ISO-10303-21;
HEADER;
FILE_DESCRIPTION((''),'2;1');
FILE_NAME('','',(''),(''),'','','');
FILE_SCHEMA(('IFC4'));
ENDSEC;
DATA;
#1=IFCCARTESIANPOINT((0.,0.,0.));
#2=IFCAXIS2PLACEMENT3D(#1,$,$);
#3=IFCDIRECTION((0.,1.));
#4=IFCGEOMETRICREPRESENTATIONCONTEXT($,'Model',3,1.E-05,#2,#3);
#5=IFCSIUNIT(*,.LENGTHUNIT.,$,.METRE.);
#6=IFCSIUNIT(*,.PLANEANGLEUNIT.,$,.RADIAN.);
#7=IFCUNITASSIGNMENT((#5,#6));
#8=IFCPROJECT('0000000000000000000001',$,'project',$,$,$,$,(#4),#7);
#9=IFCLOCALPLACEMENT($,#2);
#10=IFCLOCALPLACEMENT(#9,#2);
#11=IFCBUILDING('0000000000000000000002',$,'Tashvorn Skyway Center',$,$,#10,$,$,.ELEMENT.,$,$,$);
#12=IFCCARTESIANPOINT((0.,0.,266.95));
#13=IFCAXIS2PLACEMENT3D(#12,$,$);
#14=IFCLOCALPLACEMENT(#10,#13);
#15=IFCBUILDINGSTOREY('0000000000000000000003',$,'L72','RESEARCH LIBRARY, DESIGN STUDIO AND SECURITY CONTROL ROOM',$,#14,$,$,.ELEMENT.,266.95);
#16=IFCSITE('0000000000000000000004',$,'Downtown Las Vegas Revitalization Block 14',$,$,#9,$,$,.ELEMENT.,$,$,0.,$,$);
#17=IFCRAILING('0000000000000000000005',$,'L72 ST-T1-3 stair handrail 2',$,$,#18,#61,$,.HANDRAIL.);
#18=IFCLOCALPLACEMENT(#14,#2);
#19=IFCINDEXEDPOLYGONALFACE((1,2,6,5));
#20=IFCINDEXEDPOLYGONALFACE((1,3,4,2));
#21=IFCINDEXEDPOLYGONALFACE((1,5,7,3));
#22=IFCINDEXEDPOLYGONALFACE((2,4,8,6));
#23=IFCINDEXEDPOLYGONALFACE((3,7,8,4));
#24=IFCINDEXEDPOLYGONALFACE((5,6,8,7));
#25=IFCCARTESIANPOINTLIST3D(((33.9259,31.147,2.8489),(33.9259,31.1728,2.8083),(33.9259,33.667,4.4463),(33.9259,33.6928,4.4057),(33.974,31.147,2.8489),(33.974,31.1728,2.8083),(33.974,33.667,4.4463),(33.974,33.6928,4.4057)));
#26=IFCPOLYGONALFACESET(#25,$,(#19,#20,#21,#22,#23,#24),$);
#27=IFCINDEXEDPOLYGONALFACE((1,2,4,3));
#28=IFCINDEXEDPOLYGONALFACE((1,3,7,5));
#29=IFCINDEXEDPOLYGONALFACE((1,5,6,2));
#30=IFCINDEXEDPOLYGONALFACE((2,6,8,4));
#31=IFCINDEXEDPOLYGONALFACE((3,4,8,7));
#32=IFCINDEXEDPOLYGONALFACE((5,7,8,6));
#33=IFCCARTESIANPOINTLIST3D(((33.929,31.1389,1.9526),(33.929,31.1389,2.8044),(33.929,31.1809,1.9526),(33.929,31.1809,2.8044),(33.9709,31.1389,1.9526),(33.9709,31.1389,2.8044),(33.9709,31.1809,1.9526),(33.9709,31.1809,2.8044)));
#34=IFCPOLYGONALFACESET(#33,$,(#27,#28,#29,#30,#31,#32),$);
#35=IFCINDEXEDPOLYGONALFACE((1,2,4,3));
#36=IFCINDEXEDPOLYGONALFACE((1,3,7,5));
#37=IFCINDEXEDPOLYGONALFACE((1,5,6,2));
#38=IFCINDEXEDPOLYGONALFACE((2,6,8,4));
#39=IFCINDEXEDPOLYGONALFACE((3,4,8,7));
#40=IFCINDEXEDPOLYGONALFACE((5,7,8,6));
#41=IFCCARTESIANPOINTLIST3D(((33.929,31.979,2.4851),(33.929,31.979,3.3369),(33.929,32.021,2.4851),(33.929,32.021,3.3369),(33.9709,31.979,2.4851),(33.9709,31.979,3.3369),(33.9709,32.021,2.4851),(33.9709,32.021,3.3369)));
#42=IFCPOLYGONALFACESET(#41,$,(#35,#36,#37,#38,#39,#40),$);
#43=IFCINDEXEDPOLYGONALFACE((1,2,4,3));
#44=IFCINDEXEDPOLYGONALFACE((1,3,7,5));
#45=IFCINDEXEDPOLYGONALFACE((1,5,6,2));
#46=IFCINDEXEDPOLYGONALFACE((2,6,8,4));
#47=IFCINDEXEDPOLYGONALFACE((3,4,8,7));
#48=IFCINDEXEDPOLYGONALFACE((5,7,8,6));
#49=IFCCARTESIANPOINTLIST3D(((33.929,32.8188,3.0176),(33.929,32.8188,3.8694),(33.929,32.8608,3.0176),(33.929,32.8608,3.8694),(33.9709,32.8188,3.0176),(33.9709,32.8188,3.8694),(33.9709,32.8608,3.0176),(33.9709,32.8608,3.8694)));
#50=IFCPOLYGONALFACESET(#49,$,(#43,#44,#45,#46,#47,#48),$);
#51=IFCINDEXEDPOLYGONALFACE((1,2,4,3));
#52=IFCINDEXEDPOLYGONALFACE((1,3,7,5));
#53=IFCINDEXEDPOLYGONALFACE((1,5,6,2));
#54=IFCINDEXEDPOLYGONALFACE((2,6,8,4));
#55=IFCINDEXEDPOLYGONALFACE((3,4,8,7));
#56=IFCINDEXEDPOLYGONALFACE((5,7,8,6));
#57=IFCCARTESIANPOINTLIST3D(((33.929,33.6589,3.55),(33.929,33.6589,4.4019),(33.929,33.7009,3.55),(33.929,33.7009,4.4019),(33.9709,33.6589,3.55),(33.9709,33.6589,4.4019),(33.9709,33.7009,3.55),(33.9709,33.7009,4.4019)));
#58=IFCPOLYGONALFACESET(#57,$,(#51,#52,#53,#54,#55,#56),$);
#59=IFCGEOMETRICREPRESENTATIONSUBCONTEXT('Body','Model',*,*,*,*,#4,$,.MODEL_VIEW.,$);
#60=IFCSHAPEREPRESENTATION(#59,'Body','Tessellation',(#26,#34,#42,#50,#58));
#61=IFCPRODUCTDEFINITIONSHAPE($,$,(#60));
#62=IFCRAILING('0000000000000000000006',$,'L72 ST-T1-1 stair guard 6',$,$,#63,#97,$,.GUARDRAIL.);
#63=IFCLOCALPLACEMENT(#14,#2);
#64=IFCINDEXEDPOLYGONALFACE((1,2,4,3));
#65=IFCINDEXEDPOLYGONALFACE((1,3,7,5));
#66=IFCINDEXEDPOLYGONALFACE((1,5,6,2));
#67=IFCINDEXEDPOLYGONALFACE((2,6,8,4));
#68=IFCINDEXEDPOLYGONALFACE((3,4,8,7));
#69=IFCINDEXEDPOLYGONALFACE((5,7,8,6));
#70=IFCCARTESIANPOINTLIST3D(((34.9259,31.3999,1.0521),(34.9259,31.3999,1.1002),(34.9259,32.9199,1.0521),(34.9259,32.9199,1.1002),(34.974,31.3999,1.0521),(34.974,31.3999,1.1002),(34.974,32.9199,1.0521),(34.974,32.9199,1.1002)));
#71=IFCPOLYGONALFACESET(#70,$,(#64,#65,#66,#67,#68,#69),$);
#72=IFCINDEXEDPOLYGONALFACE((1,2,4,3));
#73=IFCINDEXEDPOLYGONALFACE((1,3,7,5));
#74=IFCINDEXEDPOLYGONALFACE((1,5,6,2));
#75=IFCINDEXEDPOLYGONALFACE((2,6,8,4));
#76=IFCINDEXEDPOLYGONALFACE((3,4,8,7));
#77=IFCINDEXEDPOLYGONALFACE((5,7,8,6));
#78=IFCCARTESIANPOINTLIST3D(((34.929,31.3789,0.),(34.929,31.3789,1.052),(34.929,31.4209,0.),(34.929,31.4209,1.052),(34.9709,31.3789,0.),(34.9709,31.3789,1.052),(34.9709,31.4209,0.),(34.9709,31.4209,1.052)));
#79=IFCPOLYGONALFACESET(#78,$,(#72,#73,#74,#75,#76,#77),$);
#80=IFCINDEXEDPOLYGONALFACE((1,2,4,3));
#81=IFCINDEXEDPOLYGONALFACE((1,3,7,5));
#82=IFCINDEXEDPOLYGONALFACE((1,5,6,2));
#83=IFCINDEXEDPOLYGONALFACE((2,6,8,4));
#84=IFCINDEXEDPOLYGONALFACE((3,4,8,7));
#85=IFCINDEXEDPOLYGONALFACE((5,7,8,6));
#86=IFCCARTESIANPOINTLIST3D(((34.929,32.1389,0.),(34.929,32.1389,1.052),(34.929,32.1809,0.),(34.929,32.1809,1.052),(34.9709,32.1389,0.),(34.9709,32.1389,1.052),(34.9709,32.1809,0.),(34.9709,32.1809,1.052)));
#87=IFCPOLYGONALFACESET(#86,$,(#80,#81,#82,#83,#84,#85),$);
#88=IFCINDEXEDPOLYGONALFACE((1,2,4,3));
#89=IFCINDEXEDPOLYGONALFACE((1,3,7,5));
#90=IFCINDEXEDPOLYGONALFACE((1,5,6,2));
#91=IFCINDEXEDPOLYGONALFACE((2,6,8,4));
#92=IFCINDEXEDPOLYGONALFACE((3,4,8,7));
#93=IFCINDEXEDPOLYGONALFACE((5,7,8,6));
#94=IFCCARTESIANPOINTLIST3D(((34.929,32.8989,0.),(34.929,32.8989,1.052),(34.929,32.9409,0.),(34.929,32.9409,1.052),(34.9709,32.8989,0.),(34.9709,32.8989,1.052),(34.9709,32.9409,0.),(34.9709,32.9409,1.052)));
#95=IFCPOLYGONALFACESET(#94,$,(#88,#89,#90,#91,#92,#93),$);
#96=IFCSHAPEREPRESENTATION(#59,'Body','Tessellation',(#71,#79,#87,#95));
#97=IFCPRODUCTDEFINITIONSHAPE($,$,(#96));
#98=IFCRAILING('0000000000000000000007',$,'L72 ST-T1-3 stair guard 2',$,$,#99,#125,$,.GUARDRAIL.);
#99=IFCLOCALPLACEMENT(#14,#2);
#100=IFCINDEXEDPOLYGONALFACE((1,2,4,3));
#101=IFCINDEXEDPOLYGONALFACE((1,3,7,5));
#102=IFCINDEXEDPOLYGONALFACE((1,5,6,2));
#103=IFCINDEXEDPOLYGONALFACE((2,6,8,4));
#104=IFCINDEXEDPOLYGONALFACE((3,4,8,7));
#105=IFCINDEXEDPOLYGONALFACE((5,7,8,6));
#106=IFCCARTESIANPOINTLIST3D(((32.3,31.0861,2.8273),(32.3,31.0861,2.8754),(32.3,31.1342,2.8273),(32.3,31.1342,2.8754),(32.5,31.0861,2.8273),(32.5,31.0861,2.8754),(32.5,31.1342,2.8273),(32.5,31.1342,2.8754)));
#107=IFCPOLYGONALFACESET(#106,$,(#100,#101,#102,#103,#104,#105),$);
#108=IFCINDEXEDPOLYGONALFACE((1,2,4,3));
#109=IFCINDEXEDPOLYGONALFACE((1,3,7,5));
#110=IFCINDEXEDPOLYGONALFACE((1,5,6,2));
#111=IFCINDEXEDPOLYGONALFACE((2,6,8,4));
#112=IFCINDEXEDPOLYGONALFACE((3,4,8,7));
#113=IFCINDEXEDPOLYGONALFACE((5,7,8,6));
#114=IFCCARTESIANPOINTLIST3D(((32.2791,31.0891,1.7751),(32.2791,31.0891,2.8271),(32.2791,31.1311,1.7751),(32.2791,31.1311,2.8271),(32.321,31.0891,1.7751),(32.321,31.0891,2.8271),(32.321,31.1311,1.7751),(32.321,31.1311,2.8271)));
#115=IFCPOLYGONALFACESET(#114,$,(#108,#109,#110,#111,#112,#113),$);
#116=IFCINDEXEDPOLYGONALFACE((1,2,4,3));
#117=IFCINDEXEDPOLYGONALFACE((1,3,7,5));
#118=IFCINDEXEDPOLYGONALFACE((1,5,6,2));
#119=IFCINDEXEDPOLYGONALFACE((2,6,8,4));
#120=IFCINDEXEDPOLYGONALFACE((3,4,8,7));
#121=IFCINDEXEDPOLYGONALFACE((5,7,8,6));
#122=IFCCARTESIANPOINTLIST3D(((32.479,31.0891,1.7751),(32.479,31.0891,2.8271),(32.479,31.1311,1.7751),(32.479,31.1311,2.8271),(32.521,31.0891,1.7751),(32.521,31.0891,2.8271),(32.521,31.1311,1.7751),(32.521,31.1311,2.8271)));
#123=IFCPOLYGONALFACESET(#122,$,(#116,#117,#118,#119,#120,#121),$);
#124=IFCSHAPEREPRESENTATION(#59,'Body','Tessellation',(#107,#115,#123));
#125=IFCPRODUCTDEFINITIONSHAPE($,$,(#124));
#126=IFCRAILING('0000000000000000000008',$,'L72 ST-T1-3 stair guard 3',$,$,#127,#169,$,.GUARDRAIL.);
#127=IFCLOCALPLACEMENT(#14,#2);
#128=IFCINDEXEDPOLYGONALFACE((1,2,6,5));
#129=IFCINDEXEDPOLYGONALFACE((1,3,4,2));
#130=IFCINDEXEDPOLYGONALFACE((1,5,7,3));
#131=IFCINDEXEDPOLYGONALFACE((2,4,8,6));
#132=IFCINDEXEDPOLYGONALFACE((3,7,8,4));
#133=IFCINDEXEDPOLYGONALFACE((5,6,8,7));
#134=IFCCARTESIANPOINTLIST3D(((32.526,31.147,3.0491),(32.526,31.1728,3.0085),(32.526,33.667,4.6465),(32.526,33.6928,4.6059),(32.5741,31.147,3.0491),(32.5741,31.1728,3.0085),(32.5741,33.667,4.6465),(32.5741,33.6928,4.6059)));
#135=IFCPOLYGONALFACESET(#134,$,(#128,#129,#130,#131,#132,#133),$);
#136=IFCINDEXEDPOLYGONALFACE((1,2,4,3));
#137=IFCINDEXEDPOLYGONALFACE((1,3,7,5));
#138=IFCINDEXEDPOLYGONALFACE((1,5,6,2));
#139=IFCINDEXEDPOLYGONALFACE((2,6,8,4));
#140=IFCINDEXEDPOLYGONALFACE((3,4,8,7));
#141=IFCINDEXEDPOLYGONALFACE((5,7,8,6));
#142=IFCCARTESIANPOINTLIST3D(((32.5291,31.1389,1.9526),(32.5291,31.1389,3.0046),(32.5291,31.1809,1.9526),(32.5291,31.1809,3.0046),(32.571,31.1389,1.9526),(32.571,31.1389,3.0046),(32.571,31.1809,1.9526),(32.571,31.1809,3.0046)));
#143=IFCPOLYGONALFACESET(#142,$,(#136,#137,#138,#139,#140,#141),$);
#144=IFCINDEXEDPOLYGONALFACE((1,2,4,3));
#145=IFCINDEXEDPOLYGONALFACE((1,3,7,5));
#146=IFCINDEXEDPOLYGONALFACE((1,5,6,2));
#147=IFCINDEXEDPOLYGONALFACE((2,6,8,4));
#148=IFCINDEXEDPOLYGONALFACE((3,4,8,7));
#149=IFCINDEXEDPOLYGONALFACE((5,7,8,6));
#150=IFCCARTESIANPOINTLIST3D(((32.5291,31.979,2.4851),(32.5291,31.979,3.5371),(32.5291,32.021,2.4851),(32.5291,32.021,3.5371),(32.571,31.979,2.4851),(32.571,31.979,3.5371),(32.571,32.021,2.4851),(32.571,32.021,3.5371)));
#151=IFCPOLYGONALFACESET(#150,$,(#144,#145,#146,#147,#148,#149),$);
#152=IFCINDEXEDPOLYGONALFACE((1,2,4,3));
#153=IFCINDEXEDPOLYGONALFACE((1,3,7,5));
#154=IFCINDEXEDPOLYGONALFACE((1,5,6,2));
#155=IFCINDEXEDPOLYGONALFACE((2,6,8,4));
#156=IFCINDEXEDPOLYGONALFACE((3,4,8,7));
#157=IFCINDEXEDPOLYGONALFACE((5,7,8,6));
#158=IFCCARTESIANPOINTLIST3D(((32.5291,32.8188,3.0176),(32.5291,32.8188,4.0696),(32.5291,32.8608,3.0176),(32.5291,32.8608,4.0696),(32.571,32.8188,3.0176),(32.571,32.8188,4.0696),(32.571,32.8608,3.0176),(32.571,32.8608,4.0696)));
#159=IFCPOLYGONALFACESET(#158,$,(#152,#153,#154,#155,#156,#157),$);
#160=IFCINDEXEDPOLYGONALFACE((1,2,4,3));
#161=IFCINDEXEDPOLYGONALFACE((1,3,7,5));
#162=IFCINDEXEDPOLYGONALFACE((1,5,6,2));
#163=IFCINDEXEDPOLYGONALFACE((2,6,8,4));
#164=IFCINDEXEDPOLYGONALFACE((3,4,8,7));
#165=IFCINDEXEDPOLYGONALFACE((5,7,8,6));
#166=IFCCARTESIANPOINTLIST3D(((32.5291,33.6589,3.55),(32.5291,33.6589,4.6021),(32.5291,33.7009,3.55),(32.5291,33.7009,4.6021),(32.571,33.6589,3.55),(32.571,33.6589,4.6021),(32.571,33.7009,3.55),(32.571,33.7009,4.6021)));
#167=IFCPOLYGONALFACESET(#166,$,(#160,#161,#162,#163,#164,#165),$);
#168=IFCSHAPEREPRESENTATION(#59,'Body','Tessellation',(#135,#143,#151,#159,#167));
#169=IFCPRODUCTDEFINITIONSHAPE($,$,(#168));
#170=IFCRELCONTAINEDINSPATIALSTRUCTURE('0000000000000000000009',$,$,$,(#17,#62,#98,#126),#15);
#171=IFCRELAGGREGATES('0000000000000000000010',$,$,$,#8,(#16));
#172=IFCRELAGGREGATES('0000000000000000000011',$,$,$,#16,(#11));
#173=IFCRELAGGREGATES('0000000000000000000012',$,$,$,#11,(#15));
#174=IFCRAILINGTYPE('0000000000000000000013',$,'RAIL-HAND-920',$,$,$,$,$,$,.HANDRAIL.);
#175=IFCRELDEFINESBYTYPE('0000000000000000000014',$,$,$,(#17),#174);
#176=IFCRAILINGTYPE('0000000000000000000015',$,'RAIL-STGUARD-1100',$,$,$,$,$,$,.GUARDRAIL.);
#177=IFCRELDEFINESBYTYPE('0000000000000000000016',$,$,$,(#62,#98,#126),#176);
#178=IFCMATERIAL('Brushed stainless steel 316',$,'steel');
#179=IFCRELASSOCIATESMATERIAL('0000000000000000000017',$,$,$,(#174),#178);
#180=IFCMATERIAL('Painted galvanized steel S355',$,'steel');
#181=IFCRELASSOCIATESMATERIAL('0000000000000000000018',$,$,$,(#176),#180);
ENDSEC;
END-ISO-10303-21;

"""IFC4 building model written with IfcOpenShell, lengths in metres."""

from ifc_helpers import new_model, si_unit, direction, frame, origin, origin_2d, place, context, subcontext, project, spatial, rectangle, extrude, material, type_object, element, save


model = new_model("IFC4")

# Units and contexts
model_context = context("Model", 3, precision=1e-05, world=origin(), true_north=direction((0.0, 1.0)))
body_context = subcontext(model_context, "Body", "Model", "MODEL_VIEW")
ifc_project = project(units=[si_unit("LENGTHUNIT", "METRE"), si_unit("PLANEANGLEUNIT", "RADIAN")], contexts=[model_context])

# Site, building, storey
site_placement = place(None, origin())
site = spatial("IfcSite", under=ifc_project, at=site_placement, Name="Downtown Las Vegas Revitalization Block 14", CompositionType="ELEMENT", RefElevation=0.0)
building_placement = place(site_placement, origin())
building = spatial("IfcBuilding", under=site, at=building_placement, Name="Tashvorn Skyway Center", CompositionType="ELEMENT")
storey_placement = place(building_placement, frame((0.0, 0.0, 266.95)))
storey = spatial("IfcBuildingStorey", under=building, at=storey_placement, Name="L72", Description="RESEARCH LIBRARY, DESIGN STUDIO AND SECURITY CONTROL ROOM", CompositionType="ELEMENT", Elevation=266.95)

# Railings
ifc_material_1 = material(Name="Brushed stainless steel 316", Category="steel")
railing_type_1 = type_object("IfcRailingType", Name="RAIL-HAND-920", PredefinedType="HANDRAIL", material=ifc_material_1)
railing_1_placement = place(storey_placement, frame((33.95, 31.1599, 1.9526)))
element("IfcRailing", 1, at=railing_1_placement, inside=storey, type_object=railing_type_1, Name="L72 ST-T1-3 stair handrail 2", PredefinedType="HANDRAIL", context=body_context, shape_type="SweptSolid", body=[
    extrude(rectangle(XDim=0.0481, YDim=0.0481, at=origin_2d()), frame((0.0, 0.0, 0.876), z_axis=(0.0, 0.844607, 0.535387), x_axis=(-1.0, 0.0, 0.0)), (0.0, 0.0, 1.0), 2.9836),
    extrude(rectangle(XDim=0.042, YDim=0.042, at=origin_2d()), origin(), (0.0, 0.0, 1.0), 0.8518),
    extrude(rectangle(XDim=0.042, YDim=0.042, at=origin_2d()), frame((0.0, 0.8401, 0.5325)), (0.0, 0.0, 1.0), 0.8518),
    extrude(rectangle(XDim=0.042, YDim=0.042, at=origin_2d()), frame((0.0, 1.6799, 1.0649)), (0.0, 0.0, 1.0), 0.8518),
    extrude(rectangle(XDim=0.042, YDim=0.042, at=origin_2d()), frame((0.0, 2.52, 1.5974)), (0.0, 0.0, 1.0), 0.8518),
])
ifc_material_2 = material(Name="Painted galvanized steel S355", Category="steel")
railing_type_2 = type_object("IfcRailingType", Name="RAIL-STGUARD-1100", PredefinedType="GUARDRAIL", material=ifc_material_2)
railing_2_placement = place(storey_placement, frame((34.95, 31.3999, 0.0)))
element("IfcRailing", 2, at=railing_2_placement, inside=storey, type_object=railing_type_2, Name="L72 ST-T1-1 stair guard 6", PredefinedType="GUARDRAIL", context=body_context, shape_type="SweptSolid", body=[
    extrude(rectangle(XDim=0.0481, YDim=0.0481, at=origin_2d()), frame((0.0, 0.0, 1.0762), z_axis=(0.0, 1.0, 0.0), x_axis=(-1.0, 0.0, 0.0)), (0.0, 0.0, 1.0), 1.52),
    extrude(rectangle(XDim=0.042, YDim=0.042, at=origin_2d()), origin(), (0.0, 0.0, 1.0), 1.052),
    extrude(rectangle(XDim=0.042, YDim=0.042, at=origin_2d()), frame((0.0, 0.76, 0.0)), (0.0, 0.0, 1.0), 1.052),
    extrude(rectangle(XDim=0.042, YDim=0.042, at=origin_2d()), frame((0.0, 1.52, 0.0)), (0.0, 0.0, 1.0), 1.052),
])
railing_3_placement = place(storey_placement, frame((32.3, 31.1101, 1.7751)))
element("IfcRailing", 3, at=railing_3_placement, inside=storey, type_object=railing_type_2, Name="L72 ST-T1-3 stair guard 2", PredefinedType="GUARDRAIL", context=body_context, shape_type="SweptSolid", body=[
    extrude(rectangle(XDim=0.0481, YDim=0.0481, at=origin_2d()), frame((0.0, 0.0, 1.0762), z_axis=(1.0, 0.0, 0.0), x_axis=(0.0, 1.0, 0.0)), (0.0, 0.0, 1.0), 0.2),
    extrude(rectangle(XDim=0.042, YDim=0.042, at=origin_2d()), origin(), (0.0, 0.0, 1.0), 1.052),
    extrude(rectangle(XDim=0.042, YDim=0.042, at=origin_2d()), frame((0.2, 0.0, 0.0)), (0.0, 0.0, 1.0), 1.052),
])
railing_4_placement = place(storey_placement, frame((32.55, 31.1599, 1.9526)))
element("IfcRailing", 4, at=railing_4_placement, inside=storey, type_object=railing_type_2, Name="L72 ST-T1-3 stair guard 3", PredefinedType="GUARDRAIL", context=body_context, shape_type="SweptSolid", body=[
    extrude(rectangle(XDim=0.0481, YDim=0.0481, at=origin_2d()), frame((0.0, 0.0, 1.0762), z_axis=(0.0, 0.844607, 0.535387), x_axis=(-1.0, 0.0, 0.0)), (0.0, 0.0, 1.0), 2.9836),
    extrude(rectangle(XDim=0.042, YDim=0.042, at=origin_2d()), origin(), (0.0, 0.0, 1.0), 1.052),
    extrude(rectangle(XDim=0.042, YDim=0.042, at=origin_2d()), frame((0.0, 0.8401, 0.5325)), (0.0, 0.0, 1.0), 1.052),
    extrude(rectangle(XDim=0.042, YDim=0.042, at=origin_2d()), frame((0.0, 1.6799, 1.0649)), (0.0, 0.0, 1.0), 1.052),
    extrude(rectangle(XDim=0.042, YDim=0.042, at=origin_2d()), frame((0.0, 2.52, 1.5974)), (0.0, 0.0, 1.0), 1.052),
])

save(model, "model.ifc")
